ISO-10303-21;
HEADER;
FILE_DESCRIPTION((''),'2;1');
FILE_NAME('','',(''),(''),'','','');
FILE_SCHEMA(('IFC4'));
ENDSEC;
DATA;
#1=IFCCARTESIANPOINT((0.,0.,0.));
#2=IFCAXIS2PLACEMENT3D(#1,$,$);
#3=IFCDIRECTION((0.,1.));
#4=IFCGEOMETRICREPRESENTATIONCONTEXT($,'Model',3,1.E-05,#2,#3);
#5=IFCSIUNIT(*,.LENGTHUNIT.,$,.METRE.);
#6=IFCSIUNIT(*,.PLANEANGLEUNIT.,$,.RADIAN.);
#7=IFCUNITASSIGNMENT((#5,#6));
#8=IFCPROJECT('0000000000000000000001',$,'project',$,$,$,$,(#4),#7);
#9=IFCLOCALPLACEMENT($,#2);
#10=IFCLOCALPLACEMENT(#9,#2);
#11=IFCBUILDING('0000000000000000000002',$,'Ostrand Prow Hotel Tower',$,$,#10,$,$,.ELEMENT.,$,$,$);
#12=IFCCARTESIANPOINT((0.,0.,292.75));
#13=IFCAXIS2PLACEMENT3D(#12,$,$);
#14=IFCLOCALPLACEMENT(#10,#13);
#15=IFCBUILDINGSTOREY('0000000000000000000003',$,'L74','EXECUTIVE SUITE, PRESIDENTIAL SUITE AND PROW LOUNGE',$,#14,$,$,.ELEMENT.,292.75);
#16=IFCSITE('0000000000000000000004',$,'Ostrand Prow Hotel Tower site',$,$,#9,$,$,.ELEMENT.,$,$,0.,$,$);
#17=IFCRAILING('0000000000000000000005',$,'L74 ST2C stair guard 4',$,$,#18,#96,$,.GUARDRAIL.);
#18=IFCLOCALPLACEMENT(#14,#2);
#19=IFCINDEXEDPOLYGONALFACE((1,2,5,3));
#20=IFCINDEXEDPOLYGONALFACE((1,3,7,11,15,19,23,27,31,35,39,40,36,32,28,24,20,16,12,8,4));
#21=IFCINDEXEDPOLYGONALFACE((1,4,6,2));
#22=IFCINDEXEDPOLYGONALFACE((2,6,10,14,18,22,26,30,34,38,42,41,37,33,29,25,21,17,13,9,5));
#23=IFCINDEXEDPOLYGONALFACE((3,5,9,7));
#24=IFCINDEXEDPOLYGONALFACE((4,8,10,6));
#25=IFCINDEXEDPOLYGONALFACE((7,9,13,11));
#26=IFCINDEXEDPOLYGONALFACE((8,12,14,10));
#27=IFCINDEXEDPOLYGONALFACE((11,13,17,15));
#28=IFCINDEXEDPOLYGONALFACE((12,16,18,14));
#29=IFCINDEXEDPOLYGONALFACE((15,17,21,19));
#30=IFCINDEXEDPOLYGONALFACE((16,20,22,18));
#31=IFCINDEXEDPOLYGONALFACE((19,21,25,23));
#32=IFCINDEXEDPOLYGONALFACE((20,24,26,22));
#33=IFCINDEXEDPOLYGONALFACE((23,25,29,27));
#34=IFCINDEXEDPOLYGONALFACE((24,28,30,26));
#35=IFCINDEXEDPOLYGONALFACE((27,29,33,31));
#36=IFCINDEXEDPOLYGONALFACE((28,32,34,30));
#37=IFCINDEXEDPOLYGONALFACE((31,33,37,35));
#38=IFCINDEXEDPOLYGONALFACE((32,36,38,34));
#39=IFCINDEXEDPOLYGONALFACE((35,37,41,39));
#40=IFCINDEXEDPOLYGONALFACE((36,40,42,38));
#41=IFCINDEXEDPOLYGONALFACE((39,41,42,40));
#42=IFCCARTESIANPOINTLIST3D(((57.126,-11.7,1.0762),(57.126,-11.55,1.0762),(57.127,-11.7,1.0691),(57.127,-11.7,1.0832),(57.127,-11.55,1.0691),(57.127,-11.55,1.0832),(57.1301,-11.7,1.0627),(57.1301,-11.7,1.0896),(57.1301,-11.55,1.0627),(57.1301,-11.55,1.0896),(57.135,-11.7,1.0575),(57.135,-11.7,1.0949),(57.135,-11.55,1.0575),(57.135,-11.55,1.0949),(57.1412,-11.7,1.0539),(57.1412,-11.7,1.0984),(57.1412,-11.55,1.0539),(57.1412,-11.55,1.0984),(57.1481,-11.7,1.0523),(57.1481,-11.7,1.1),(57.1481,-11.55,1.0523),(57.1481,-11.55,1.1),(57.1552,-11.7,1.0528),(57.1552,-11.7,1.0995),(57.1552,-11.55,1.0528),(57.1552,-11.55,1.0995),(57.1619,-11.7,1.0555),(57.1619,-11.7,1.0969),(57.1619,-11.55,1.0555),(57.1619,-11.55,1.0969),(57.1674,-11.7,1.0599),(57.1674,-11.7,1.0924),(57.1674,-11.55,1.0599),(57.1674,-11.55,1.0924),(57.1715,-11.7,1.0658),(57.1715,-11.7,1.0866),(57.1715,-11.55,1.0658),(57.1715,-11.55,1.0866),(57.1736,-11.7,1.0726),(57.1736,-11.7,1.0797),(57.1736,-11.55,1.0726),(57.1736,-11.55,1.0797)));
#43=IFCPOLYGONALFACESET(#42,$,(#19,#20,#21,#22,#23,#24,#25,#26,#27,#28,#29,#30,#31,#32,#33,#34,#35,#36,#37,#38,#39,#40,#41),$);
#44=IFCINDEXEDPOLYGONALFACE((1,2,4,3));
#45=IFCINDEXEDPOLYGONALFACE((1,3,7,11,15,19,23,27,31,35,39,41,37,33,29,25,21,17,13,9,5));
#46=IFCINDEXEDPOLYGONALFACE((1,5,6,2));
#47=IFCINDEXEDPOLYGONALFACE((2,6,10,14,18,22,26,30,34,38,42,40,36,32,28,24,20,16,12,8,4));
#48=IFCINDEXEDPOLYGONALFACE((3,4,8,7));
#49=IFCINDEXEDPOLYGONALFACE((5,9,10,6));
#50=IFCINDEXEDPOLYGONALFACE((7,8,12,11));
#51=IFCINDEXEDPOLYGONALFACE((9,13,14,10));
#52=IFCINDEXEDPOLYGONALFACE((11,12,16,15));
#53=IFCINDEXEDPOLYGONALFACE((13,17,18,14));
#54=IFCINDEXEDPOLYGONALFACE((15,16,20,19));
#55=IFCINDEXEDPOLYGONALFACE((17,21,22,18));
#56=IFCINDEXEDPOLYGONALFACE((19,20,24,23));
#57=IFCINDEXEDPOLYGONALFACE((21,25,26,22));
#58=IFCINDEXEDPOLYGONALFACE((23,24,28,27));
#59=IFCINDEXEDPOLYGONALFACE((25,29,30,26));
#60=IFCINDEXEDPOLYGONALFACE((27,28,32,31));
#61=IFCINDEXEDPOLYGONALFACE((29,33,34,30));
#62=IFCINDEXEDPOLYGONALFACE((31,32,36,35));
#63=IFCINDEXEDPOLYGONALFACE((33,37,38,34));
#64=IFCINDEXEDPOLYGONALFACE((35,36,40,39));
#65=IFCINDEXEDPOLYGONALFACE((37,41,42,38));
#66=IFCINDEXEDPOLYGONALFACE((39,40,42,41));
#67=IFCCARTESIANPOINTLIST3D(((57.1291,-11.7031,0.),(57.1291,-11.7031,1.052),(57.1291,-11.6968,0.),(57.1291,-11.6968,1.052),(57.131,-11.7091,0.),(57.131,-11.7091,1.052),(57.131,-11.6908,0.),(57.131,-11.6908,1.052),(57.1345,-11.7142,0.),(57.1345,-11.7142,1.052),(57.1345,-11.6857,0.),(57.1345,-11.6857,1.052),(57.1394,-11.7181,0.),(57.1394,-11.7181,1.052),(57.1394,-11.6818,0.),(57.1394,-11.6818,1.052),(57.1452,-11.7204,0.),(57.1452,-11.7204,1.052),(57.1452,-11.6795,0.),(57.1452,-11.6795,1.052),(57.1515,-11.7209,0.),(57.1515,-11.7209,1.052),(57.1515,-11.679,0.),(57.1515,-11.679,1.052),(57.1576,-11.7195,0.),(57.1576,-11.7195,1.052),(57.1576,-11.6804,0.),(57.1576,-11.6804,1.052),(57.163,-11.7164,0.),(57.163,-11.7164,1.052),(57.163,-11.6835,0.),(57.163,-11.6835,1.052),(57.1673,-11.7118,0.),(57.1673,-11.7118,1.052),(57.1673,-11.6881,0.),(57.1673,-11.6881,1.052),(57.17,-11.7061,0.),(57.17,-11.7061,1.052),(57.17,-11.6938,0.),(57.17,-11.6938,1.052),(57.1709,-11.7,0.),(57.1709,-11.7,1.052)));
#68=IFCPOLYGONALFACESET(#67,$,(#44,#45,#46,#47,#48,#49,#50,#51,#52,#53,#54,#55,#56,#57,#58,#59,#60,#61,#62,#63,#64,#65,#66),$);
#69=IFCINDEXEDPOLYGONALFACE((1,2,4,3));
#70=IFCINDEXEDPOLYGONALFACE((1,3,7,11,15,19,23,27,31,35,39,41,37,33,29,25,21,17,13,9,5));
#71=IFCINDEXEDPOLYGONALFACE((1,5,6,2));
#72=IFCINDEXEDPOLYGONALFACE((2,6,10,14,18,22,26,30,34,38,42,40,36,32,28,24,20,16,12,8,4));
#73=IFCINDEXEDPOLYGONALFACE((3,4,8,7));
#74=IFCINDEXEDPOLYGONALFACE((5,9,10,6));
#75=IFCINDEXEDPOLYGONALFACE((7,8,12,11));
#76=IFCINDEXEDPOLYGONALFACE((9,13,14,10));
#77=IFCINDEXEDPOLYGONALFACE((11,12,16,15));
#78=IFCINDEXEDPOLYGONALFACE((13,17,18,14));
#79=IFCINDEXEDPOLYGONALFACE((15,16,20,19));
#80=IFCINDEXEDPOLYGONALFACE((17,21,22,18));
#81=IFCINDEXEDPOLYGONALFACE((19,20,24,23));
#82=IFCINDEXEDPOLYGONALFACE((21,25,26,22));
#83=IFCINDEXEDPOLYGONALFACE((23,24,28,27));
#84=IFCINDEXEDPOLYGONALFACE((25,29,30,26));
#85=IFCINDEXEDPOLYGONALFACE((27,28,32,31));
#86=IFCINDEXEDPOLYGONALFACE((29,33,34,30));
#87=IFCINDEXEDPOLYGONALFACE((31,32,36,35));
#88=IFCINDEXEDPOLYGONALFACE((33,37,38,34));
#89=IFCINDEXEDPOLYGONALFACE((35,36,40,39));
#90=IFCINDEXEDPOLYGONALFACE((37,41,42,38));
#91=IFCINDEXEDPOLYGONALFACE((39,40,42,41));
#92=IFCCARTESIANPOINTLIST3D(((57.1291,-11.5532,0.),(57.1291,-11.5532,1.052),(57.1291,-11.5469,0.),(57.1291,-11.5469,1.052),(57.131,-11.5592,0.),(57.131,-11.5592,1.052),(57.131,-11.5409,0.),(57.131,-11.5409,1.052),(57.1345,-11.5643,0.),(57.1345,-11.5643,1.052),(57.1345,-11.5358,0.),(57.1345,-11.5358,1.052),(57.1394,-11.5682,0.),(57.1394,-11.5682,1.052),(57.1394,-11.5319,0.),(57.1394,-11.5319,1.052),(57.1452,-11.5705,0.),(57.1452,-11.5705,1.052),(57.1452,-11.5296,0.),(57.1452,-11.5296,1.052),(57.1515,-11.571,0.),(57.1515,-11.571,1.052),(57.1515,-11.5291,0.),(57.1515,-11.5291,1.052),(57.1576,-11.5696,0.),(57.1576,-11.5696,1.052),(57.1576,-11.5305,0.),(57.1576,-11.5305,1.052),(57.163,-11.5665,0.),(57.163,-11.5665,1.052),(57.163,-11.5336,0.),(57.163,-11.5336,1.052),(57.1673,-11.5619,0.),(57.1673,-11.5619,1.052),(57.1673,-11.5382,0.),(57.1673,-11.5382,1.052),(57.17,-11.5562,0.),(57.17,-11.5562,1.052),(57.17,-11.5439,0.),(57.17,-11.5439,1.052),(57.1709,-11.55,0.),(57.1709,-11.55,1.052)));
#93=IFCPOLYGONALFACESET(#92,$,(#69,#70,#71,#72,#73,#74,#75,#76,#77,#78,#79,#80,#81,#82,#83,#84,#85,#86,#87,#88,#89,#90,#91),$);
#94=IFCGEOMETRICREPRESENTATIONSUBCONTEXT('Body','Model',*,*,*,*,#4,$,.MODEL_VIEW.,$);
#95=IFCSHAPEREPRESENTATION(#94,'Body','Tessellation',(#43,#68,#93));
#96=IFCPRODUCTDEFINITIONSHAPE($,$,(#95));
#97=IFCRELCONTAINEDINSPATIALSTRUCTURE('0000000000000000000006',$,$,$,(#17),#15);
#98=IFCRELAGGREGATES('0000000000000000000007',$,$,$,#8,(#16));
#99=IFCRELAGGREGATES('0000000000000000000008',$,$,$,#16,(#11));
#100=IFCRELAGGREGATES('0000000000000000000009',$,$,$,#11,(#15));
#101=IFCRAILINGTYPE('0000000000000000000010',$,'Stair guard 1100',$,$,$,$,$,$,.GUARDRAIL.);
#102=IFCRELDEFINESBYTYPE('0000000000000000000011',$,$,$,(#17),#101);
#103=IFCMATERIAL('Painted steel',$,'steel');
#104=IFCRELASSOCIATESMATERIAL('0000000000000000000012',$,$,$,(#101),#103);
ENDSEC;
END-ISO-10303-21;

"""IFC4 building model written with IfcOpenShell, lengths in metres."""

from ifc_helpers import new_model, si_unit, direction, frame, origin, origin_2d, place, context, subcontext, project, spatial, circle, extrude, material, type_object, element, save


model = new_model("IFC4")

# Units and contexts
model_context = context("Model", 3, precision=1e-05, world=origin(), true_north=direction((0.0, 1.0)))
body_context = subcontext(model_context, "Body", "Model", "MODEL_VIEW")
ifc_project = project(units=[si_unit("LENGTHUNIT", "METRE"), si_unit("PLANEANGLEUNIT", "RADIAN")], contexts=[model_context])

# Site, building, storey
site_placement = place(None, origin())
site = spatial("IfcSite", under=ifc_project, at=site_placement, Name="Ostrand Prow Hotel Tower site", CompositionType="ELEMENT", RefElevation=0.0)
building_placement = place(site_placement, origin())
building = spatial("IfcBuilding", under=site, at=building_placement, Name="Ostrand Prow Hotel Tower", CompositionType="ELEMENT")
storey_placement = place(building_placement, frame((0.0, 0.0, 292.75)))
storey = spatial("IfcBuildingStorey", under=building, at=storey_placement, Name="L74", Description="EXECUTIVE SUITE, PRESIDENTIAL SUITE AND PROW LOUNGE", CompositionType="ELEMENT", Elevation=292.75)

# Railing
ifc_material_1 = material(Name="Painted steel", Category="steel")
railing_type_1 = type_object("IfcRailingType", Name="Stair guard 1100", PredefinedType="GUARDRAIL", material=ifc_material_1)
railing_1_placement = place(storey_placement, frame((57.1499, -11.7, 0.0)))
element("IfcRailing", 1, at=railing_1_placement, inside=storey, type_object=railing_type_1, Name="L74 ST2C stair guard 4", PredefinedType="GUARDRAIL", context=body_context, shape_type="SweptSolid", body=[
    extrude(circle(Radius=0.0239, at=origin_2d()), frame((0.0, 0.0, 1.0762), z_axis=(0.0, 1.0, 0.0), x_axis=(-1.0, 0.0, 0.0)), (0.0, 0.0, 1.0), 0.1499),
    extrude(circle(Radius=0.021, at=origin_2d()), origin(), (0.0, 0.0, 1.0), 1.052),
    extrude(circle(Radius=0.021, at=origin_2d()), frame((0.0, 0.1499, 0.0)), (0.0, 0.0, 1.0), 1.052),
])

save(model, "model.ifc")
